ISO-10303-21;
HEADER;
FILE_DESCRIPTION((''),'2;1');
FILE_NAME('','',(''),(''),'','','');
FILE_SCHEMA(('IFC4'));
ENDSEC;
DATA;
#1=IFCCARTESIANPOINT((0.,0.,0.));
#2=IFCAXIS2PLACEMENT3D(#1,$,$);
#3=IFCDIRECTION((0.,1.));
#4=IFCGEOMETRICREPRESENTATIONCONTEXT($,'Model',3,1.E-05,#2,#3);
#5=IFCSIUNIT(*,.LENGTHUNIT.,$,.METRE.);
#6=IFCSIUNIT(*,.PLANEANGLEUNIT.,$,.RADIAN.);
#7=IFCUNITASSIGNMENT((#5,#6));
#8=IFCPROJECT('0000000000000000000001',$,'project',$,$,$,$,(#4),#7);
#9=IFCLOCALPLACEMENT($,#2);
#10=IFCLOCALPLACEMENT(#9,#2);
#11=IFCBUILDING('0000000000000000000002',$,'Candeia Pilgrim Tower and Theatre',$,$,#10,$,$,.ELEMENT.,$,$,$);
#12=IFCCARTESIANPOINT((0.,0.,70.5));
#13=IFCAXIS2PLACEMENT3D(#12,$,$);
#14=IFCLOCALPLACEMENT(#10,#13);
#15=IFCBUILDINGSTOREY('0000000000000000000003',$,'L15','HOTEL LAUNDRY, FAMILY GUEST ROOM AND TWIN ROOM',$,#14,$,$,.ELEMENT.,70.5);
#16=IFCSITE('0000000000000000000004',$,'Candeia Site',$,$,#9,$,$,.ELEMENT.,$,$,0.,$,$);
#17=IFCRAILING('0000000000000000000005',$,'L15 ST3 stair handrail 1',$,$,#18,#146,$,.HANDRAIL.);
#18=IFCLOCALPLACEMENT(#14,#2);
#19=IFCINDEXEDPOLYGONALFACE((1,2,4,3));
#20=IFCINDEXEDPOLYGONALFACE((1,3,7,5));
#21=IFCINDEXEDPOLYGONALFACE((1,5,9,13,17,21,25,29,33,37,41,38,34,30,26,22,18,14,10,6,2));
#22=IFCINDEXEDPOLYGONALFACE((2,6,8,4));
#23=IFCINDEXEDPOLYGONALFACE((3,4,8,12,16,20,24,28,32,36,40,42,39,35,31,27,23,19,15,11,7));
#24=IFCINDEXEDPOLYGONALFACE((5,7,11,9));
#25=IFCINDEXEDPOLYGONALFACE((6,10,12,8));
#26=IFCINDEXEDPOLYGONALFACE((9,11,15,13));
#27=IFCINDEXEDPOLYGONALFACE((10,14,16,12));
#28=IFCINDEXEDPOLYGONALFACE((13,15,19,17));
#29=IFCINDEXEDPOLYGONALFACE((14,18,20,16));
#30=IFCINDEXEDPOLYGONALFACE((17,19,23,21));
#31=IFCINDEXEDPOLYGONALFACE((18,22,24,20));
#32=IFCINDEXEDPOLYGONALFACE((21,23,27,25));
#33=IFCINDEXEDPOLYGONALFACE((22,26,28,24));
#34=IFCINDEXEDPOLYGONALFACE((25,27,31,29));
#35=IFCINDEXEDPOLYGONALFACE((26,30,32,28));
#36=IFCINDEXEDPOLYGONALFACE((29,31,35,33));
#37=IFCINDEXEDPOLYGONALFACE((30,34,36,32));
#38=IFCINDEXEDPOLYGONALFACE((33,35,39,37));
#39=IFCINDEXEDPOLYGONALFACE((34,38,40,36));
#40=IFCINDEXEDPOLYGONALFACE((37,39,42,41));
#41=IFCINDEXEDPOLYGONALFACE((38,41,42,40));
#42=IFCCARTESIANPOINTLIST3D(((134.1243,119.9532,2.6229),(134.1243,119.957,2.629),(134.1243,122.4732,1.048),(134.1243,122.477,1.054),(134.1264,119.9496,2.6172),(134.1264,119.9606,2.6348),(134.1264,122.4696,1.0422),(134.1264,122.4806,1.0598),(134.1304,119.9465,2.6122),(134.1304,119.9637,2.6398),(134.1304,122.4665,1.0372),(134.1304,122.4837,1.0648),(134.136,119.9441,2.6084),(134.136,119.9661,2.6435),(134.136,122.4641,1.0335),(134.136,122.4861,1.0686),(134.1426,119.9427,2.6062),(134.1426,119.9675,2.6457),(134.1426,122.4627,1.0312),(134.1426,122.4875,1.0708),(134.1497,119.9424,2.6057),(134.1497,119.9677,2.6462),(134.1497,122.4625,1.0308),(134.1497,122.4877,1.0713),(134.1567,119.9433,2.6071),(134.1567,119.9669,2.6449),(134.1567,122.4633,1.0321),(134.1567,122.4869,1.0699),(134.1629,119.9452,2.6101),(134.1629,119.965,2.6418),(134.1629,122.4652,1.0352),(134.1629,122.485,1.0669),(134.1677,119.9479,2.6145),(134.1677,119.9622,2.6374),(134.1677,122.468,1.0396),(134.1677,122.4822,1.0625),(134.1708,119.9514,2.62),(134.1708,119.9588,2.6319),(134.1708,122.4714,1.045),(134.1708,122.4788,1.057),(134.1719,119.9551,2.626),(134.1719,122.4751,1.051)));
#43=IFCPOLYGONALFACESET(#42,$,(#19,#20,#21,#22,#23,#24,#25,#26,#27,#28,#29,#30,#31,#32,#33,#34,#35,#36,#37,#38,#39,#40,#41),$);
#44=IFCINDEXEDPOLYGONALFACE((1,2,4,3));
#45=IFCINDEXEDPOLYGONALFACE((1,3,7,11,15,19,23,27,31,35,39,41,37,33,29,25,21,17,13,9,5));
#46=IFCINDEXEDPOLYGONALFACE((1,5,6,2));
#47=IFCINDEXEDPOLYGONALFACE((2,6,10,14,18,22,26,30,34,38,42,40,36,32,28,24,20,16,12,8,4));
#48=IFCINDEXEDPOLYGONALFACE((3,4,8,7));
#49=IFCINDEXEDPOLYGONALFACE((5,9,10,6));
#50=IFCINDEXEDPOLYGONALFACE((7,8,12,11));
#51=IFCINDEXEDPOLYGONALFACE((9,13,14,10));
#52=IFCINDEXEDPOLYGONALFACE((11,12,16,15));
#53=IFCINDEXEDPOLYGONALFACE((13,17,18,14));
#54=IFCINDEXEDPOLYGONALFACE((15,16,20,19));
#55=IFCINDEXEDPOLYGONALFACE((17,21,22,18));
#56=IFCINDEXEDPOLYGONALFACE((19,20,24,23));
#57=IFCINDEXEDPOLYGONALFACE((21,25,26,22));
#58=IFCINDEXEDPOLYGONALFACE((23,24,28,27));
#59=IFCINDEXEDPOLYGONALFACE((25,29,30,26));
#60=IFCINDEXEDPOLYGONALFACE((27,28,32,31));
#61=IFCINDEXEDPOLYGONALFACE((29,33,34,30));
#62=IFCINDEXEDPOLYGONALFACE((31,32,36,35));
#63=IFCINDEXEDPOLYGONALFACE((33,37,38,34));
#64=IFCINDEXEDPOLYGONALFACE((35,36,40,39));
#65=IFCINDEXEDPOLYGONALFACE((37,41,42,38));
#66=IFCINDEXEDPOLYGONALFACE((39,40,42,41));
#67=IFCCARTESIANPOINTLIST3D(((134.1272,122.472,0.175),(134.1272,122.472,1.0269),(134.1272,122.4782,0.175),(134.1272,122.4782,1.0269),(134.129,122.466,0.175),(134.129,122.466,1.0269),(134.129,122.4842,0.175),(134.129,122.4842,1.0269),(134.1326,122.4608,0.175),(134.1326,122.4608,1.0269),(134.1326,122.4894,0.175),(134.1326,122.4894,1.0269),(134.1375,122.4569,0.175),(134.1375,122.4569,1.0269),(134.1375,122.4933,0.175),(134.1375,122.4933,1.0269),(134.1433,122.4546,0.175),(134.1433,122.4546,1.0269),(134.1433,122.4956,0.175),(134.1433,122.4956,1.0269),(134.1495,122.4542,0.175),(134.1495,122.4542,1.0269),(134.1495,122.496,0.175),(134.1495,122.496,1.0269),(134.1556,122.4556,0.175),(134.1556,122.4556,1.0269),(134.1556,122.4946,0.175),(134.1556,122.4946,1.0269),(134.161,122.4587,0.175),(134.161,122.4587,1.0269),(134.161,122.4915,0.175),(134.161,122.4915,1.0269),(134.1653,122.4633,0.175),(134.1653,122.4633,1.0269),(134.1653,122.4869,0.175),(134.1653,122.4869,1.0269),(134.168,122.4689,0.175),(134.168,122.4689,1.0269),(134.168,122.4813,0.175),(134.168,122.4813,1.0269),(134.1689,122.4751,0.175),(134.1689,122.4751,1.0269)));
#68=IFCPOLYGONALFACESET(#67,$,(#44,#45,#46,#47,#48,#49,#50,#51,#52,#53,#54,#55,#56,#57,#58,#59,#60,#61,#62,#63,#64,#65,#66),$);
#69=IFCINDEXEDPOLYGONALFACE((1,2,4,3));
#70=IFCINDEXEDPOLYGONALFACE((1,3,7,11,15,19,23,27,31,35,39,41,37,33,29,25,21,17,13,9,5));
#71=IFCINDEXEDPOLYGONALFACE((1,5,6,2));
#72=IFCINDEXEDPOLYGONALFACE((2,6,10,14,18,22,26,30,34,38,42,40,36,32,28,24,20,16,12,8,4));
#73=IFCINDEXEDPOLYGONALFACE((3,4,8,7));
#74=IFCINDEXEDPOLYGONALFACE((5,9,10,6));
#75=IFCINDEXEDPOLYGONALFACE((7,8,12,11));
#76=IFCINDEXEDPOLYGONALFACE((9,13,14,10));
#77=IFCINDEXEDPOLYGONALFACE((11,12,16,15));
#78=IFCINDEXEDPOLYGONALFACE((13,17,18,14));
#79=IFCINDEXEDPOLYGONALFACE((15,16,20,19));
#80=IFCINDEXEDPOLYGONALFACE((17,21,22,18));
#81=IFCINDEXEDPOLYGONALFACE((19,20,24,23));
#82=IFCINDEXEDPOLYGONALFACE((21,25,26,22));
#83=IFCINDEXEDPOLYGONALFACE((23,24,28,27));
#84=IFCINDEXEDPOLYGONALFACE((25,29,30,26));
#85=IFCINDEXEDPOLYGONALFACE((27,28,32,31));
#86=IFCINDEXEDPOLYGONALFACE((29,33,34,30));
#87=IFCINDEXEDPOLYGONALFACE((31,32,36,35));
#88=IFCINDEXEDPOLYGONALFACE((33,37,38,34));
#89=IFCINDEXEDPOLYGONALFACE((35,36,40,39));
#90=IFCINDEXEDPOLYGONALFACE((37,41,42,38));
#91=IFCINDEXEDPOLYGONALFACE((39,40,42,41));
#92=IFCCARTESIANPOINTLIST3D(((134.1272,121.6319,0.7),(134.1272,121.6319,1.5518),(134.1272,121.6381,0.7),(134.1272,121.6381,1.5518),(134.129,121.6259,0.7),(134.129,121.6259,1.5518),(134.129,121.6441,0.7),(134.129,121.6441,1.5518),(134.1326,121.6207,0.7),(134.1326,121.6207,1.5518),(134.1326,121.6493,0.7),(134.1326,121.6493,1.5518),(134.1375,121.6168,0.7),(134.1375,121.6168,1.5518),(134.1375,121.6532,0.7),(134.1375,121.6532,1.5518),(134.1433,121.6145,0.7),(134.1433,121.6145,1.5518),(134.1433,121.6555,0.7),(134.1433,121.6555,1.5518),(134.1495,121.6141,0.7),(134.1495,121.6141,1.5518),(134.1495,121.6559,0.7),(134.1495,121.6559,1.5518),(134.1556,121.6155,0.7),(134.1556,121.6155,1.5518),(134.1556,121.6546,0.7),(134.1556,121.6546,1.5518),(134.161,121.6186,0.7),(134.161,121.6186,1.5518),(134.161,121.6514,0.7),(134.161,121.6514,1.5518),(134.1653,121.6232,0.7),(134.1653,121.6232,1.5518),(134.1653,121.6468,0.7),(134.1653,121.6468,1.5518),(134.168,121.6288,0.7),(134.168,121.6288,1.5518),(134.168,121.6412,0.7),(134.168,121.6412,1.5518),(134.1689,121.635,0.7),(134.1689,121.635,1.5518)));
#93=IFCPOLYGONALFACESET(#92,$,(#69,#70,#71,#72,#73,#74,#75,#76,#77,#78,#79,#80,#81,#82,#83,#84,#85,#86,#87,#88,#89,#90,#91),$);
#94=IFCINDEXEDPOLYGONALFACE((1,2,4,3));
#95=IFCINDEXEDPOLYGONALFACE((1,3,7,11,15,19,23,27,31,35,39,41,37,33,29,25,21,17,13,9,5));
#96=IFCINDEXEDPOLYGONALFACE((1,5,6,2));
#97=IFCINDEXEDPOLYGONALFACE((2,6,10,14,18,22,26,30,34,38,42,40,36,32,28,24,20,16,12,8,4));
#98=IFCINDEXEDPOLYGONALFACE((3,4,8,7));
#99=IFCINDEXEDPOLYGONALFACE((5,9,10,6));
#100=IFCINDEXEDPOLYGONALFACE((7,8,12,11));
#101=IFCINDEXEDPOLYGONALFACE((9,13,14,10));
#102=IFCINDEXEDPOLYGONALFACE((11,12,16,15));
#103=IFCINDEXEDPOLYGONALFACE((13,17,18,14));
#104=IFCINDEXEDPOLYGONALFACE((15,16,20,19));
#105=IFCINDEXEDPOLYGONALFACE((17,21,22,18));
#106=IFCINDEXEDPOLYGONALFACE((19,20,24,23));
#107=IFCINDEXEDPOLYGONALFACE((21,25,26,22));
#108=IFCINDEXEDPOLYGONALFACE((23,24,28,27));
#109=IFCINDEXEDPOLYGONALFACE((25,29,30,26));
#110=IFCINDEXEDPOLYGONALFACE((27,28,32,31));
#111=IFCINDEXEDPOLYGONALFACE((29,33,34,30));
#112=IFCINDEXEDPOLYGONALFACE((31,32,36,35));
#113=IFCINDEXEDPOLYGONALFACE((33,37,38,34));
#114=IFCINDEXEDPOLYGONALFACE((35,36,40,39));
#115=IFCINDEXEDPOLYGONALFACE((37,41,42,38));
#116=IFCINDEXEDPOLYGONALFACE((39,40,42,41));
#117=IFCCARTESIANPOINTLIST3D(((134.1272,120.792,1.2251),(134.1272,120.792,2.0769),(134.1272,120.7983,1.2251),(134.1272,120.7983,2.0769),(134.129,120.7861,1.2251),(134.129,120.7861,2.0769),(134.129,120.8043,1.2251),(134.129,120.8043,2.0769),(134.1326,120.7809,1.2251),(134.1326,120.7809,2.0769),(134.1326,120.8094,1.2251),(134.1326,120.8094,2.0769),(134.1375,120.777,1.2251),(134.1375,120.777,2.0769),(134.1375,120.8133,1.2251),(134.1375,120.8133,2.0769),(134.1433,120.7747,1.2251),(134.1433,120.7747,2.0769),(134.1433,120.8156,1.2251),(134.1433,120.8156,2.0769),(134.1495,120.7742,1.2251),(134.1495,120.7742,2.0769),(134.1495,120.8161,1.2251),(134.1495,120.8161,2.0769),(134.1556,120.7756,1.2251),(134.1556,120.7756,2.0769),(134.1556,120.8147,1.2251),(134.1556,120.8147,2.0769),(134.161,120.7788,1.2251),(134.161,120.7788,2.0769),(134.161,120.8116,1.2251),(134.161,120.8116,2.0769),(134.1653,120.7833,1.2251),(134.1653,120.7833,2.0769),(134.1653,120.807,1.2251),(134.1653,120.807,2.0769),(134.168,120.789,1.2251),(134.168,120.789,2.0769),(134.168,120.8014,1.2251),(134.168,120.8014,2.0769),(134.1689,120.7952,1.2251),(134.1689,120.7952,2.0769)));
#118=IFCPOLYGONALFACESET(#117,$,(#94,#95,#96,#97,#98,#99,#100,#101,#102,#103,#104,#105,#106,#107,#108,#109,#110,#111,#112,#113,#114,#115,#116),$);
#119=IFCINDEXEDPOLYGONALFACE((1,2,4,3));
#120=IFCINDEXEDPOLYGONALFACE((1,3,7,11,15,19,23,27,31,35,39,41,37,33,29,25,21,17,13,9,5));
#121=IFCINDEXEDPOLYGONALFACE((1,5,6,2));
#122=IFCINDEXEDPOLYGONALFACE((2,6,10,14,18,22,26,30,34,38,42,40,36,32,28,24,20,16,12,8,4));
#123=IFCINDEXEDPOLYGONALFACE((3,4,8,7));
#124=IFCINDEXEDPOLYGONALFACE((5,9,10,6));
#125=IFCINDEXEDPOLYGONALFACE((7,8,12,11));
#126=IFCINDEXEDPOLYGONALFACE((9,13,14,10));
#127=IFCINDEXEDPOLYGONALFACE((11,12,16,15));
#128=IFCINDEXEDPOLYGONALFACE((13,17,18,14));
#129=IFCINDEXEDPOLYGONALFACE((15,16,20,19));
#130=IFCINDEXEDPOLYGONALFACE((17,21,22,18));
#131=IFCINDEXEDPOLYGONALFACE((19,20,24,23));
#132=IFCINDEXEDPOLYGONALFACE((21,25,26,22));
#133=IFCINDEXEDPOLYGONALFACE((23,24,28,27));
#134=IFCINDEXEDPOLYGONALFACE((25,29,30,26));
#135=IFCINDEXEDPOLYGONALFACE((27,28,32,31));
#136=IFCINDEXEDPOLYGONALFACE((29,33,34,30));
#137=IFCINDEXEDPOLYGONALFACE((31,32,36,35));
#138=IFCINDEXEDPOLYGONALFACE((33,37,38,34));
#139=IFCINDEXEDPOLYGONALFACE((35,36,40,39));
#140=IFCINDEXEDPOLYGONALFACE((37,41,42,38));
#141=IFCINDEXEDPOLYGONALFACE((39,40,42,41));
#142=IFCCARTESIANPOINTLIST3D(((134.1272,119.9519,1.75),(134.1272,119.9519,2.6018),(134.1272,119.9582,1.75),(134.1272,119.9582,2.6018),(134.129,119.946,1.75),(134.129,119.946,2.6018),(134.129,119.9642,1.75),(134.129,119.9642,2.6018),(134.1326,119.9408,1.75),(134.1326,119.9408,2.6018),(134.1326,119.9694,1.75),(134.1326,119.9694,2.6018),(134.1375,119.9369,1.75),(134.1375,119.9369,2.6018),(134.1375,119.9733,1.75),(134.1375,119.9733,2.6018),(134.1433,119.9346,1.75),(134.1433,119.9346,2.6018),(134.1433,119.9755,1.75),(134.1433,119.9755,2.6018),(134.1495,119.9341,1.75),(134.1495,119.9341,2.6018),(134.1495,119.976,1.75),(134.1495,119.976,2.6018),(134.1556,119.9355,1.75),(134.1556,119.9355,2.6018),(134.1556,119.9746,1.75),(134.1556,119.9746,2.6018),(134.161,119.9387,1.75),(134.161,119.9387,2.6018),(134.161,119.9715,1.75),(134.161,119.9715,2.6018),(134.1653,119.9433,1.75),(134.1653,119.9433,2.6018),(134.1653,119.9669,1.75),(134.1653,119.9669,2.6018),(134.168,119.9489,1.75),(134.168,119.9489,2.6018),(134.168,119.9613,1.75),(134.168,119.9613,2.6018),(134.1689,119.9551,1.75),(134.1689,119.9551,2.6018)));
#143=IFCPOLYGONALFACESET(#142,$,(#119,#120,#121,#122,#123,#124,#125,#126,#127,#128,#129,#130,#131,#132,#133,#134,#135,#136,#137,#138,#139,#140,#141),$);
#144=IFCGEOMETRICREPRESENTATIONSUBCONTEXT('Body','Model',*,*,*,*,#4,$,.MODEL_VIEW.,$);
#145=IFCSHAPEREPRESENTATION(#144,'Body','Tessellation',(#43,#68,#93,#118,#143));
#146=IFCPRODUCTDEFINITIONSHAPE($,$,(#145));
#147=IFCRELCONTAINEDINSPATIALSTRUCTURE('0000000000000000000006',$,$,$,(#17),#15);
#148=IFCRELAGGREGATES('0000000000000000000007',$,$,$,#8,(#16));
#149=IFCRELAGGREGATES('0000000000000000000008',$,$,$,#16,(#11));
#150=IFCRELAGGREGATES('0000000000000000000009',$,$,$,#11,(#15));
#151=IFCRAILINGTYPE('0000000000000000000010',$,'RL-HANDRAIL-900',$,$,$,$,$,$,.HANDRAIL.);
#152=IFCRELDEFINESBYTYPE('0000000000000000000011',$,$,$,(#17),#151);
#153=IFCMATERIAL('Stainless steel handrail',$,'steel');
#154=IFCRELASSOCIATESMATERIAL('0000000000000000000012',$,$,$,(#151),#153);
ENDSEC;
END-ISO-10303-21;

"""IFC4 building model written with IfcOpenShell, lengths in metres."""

from ifc_helpers import new_model, si_unit, direction, frame, origin, origin_2d, place, context, subcontext, project, spatial, circle, extrude, material, type_object, element, save


model = new_model("IFC4")

# Units and contexts
model_context = context("Model", 3, precision=1e-05, world=origin(), true_north=direction((0.0, 1.0)))
body_context = subcontext(model_context, "Body", "Model", "MODEL_VIEW")
ifc_project = project(units=[si_unit("LENGTHUNIT", "METRE"), si_unit("PLANEANGLEUNIT", "RADIAN")], contexts=[model_context])

# Site, building, storey
site_placement = place(None, origin())
site = spatial("IfcSite", under=ifc_project, at=site_placement, Name="Candeia Site", CompositionType="ELEMENT", RefElevation=0.0)
building_placement = place(site_placement, origin())
building = spatial("IfcBuilding", under=site, at=building_placement, Name="Candeia Pilgrim Tower and Theatre", CompositionType="ELEMENT")
storey_placement = place(building_placement, frame((0.0, 0.0, 70.5)))
storey = spatial("IfcBuildingStorey", under=building, at=storey_placement, Name="L15", Description="HOTEL LAUNDRY, FAMILY GUEST ROOM AND TWIN ROOM", CompositionType="ELEMENT", Elevation=70.5)

# Railing
ifc_material_1 = material(Name="Stainless steel handrail", Category="steel")
railing_type_1 = type_object("IfcRailingType", Name="RL-HANDRAIL-900", PredefinedType="HANDRAIL", material=ifc_material_1)
railing_1_placement = place(storey_placement, frame((134.1479, 122.4751, 0.175)))
element("IfcRailing", 1, at=railing_1_placement, inside=storey, type_object=railing_type_1, Name="L15 ST3 stair handrail 1", PredefinedType="HANDRAIL", context=body_context, shape_type="SweptSolid", body=[
    extrude(circle(Radius=0.0239, at=origin_2d()), frame((0.0, 0.0, 0.876), z_axis=(0.0, -0.848008, 0.529984), x_axis=(1.0, 0.0, 0.0)), (0.0, 0.0, 1.0), 2.9717),
    extrude(circle(Radius=0.021, at=origin_2d()), origin(), (0.0, 0.0, 1.0), 0.8518),
    extrude(circle(Radius=0.021, at=origin_2d()), frame((0.0, -0.8401, 0.5249)), (0.0, 0.0, 1.0), 0.8518),
    extrude(circle(Radius=0.021, at=origin_2d()), frame((0.0, -1.6799, 1.05)), (0.0, 0.0, 1.0), 0.8518),
    extrude(circle(Radius=0.021, at=origin_2d()), frame((0.0, -2.52, 1.575)), (0.0, 0.0, 1.0), 0.8518),
])

save(model, "model.ifc")
